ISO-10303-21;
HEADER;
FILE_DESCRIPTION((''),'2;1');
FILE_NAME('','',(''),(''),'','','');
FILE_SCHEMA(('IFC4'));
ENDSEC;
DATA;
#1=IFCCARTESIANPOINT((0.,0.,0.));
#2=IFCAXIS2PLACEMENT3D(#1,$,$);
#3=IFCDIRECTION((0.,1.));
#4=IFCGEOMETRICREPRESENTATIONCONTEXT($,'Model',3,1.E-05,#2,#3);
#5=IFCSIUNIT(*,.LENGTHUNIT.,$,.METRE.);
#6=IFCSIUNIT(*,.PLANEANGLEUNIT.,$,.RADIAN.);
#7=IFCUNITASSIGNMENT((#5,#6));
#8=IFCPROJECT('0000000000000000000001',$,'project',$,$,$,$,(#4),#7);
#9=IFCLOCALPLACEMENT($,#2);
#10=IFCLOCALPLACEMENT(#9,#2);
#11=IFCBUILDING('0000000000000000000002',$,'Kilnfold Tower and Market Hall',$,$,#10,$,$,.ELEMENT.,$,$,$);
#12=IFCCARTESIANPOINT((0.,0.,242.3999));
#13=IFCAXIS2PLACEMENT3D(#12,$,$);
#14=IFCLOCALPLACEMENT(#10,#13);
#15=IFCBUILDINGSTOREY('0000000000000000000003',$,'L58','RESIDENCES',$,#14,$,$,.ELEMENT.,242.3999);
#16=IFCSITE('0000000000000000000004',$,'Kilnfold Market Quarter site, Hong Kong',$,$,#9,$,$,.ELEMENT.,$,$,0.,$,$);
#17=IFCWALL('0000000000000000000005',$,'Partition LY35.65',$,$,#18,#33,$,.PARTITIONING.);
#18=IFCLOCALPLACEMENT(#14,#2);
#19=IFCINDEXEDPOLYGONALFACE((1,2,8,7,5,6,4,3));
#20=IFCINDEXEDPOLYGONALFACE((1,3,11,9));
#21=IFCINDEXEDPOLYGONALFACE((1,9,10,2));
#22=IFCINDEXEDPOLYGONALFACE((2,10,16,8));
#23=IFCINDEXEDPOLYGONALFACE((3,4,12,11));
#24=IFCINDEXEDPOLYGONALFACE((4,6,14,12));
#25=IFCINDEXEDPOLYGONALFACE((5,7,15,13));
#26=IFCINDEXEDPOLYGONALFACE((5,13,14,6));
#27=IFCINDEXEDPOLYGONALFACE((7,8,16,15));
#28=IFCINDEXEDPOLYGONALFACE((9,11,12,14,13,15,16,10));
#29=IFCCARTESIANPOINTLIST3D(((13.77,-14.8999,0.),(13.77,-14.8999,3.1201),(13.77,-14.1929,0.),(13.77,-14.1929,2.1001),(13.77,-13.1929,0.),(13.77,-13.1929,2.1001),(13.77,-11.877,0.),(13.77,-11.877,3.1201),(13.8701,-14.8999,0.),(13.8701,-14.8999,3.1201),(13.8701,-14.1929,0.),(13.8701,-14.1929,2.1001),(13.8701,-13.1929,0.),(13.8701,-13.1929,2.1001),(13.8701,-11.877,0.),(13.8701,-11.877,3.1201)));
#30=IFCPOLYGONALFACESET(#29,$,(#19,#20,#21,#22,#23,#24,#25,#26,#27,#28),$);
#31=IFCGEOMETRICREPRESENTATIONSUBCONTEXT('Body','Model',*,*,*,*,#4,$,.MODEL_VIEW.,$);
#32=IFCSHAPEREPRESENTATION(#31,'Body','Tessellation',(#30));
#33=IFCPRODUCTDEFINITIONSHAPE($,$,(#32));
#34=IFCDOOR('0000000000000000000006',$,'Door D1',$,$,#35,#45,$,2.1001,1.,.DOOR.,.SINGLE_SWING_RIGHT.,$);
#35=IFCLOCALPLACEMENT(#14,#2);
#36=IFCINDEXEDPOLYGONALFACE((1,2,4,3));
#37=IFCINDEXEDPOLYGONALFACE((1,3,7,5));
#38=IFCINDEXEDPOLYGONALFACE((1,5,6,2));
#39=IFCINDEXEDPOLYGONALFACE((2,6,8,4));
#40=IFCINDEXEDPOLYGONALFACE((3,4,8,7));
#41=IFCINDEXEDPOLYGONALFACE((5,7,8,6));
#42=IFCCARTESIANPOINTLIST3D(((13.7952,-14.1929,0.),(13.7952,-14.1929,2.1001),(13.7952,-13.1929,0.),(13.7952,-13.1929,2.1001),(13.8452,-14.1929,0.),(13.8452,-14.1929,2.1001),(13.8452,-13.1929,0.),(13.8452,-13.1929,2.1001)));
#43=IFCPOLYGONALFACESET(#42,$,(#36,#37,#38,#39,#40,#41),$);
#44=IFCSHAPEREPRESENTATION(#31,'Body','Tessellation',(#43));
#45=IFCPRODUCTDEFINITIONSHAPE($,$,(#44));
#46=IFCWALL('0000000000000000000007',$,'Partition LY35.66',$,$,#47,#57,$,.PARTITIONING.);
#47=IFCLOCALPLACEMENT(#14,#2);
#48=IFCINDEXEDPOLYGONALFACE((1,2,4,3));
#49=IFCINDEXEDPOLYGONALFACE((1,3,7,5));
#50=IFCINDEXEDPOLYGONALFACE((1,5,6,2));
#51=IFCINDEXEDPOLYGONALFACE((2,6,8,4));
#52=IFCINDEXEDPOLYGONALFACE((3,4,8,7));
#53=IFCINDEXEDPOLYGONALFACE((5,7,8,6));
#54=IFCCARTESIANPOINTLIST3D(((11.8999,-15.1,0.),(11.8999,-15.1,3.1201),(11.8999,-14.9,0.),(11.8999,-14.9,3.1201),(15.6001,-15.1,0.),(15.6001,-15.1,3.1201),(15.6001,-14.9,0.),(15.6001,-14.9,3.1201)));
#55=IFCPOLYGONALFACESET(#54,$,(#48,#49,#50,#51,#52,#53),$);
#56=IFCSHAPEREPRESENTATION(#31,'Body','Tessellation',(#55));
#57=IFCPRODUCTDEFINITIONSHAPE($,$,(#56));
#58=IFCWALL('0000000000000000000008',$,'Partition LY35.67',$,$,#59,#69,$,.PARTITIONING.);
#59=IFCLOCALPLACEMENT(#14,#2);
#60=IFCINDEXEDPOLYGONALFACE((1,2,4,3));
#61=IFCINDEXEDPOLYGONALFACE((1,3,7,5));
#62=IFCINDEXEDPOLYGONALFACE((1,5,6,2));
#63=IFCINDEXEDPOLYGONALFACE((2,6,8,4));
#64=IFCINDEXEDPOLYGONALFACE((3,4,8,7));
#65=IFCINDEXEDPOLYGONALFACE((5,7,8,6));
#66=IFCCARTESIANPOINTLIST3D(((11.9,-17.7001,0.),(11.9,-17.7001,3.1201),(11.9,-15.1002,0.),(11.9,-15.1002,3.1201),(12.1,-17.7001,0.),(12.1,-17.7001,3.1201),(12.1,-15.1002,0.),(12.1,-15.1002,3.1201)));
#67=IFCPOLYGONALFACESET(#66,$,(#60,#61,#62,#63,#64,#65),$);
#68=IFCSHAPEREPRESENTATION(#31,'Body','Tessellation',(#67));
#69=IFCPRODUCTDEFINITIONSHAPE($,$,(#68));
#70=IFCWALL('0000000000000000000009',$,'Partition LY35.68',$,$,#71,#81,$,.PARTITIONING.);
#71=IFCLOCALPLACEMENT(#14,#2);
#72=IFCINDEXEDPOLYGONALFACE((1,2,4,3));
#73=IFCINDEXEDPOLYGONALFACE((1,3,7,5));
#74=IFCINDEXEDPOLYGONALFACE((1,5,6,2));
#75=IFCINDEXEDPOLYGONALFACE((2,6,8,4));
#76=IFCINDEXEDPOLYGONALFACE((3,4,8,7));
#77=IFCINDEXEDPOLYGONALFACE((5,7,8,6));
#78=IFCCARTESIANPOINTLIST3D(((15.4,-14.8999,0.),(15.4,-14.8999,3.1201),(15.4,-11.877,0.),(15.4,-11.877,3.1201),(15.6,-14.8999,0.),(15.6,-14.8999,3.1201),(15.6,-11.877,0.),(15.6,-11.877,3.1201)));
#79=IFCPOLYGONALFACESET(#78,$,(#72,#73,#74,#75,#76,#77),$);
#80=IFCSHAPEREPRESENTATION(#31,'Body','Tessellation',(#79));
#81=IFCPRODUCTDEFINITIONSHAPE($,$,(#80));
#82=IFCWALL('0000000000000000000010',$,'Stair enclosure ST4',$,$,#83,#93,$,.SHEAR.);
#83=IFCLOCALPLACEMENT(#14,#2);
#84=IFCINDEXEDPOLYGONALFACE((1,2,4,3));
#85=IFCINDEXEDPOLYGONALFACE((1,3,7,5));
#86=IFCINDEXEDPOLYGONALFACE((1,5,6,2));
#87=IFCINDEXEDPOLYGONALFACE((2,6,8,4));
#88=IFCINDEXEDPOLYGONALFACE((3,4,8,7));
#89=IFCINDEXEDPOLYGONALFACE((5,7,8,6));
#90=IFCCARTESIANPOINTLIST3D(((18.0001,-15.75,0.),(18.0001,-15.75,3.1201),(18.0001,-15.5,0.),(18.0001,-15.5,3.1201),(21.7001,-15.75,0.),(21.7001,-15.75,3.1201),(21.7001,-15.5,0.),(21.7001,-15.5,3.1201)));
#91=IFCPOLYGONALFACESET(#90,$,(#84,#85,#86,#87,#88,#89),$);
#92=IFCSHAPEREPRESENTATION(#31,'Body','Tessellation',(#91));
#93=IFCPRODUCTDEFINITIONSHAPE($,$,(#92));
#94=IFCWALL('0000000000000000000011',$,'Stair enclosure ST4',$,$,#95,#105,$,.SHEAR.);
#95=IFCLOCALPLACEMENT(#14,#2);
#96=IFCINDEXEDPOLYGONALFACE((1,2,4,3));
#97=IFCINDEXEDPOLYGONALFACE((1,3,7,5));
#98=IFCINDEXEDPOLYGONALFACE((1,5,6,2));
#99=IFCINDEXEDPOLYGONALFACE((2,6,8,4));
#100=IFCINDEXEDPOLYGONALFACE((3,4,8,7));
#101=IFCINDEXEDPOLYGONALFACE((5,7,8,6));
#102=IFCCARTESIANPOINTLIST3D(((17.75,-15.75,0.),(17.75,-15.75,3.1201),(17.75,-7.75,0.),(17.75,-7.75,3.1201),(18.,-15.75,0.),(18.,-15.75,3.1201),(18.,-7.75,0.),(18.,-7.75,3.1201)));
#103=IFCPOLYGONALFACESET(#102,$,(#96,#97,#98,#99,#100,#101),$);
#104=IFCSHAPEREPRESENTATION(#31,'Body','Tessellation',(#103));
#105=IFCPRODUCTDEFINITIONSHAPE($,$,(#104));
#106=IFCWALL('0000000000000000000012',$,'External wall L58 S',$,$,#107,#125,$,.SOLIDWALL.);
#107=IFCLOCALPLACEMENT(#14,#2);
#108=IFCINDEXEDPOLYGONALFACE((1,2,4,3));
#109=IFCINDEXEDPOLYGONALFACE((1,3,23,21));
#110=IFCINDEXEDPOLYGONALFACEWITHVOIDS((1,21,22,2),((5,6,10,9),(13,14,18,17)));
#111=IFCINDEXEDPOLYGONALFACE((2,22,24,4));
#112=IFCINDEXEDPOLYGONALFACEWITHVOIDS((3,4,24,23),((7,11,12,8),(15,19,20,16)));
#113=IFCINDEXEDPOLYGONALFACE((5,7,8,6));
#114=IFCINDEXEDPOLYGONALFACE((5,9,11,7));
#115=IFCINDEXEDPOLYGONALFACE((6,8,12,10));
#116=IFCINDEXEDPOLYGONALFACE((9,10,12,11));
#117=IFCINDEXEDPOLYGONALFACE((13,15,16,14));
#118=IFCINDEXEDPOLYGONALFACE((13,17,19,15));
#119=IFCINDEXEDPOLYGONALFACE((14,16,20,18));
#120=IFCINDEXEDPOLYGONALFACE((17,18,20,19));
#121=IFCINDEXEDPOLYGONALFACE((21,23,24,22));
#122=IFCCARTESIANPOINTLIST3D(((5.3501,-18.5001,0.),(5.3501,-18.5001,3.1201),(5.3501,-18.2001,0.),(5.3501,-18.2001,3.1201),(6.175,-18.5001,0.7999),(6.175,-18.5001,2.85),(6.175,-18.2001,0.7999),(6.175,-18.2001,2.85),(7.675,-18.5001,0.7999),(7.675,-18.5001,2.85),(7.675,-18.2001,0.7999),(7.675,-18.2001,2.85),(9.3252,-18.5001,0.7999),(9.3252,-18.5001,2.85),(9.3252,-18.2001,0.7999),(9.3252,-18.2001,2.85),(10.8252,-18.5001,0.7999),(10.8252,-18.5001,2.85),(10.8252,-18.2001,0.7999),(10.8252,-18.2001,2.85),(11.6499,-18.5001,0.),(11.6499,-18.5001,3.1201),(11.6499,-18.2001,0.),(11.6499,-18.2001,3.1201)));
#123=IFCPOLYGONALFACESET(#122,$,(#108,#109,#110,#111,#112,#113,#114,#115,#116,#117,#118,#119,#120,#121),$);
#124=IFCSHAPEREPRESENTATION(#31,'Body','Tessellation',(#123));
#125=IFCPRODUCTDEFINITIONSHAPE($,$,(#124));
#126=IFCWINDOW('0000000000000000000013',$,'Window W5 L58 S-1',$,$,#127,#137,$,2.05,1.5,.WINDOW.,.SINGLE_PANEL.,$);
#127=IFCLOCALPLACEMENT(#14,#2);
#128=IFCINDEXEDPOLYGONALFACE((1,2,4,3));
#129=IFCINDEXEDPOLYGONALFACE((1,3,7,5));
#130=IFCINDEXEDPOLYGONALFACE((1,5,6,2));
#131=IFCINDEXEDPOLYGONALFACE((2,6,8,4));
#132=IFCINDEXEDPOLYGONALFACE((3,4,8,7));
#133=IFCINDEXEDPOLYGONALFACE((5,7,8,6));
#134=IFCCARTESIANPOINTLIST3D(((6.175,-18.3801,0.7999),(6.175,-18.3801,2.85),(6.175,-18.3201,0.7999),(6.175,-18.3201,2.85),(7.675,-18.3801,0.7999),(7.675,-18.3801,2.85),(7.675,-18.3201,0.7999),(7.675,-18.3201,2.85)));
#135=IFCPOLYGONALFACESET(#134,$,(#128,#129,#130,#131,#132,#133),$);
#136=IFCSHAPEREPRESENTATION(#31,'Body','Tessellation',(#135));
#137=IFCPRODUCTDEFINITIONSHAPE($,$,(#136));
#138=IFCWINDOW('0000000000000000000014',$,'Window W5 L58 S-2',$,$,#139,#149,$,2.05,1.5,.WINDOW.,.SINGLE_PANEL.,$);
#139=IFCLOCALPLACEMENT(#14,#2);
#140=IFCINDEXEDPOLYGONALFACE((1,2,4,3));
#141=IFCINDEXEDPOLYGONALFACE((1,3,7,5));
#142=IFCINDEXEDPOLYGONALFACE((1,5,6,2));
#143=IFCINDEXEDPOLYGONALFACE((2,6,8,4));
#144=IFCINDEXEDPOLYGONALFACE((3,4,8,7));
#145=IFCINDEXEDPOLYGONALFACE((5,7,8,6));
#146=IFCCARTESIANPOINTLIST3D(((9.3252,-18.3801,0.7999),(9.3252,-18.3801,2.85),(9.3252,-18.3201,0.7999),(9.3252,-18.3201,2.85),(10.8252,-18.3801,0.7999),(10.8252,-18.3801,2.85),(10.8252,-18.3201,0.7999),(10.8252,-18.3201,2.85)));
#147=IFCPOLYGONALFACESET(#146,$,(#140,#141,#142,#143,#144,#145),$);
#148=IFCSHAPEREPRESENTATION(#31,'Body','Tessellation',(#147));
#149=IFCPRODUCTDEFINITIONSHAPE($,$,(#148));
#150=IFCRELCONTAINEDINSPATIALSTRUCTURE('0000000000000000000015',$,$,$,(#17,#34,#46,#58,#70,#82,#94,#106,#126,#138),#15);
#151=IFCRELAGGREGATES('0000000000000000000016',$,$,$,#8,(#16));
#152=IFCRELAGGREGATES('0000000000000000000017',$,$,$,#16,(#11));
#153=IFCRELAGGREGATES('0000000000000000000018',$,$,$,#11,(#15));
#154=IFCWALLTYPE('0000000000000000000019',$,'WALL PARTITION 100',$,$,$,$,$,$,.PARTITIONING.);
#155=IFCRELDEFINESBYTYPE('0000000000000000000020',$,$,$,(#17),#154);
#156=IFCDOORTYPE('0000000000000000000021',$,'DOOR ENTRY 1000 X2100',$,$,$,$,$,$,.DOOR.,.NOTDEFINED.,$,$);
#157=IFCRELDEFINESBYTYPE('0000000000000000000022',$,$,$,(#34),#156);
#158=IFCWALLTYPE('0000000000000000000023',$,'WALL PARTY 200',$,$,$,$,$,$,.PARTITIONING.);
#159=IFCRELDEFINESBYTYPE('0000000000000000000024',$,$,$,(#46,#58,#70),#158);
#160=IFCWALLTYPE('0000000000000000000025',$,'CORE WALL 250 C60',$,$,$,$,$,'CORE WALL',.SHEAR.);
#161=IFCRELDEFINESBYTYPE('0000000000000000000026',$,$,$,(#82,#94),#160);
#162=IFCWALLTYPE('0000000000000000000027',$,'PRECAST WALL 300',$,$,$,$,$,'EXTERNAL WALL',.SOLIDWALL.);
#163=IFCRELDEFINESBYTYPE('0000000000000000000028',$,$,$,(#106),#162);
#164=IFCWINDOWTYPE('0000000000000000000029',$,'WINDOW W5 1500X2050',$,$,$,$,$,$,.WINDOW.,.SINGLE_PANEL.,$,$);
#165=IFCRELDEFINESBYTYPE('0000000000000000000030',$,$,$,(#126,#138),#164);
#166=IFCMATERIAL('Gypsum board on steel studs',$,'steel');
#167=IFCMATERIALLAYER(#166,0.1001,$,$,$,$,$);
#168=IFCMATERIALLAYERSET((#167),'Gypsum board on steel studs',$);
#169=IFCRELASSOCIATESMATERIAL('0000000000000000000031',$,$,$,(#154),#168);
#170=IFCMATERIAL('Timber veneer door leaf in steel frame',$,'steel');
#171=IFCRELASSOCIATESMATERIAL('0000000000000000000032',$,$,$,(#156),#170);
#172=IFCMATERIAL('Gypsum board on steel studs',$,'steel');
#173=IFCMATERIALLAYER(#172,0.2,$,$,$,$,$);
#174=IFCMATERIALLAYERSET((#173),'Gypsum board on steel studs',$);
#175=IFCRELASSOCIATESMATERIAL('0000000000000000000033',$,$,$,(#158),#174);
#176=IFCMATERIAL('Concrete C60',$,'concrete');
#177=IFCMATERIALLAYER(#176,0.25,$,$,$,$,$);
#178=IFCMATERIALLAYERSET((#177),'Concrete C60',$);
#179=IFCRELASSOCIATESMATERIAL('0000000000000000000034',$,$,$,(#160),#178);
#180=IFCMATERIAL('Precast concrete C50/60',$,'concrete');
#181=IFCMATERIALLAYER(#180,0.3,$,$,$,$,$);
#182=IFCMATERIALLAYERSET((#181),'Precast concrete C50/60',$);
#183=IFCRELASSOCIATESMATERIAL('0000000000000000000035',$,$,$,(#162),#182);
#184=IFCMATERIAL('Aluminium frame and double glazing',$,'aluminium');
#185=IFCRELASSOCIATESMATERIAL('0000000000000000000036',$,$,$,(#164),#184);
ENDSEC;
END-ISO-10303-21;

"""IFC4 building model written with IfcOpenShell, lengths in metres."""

from ifc_helpers import new_model, si_unit, direction, frame, frame_2d, origin, place, context, subcontext, project, spatial, rectangle, extrude, source, transform, mapped, material, layer, layer_set, type_object, element, fill, save


model = new_model("IFC4")

# Units and contexts
model_context = context("Model", 3, precision=1e-05, world=origin(), true_north=direction((0.0, 1.0)))
body_context = subcontext(model_context, "Body", "Model", "MODEL_VIEW")
ifc_project = project(units=[si_unit("LENGTHUNIT", "METRE"), si_unit("PLANEANGLEUNIT", "RADIAN")], contexts=[model_context])

# Site, building, storey
site_placement = place(None, origin())
site = spatial("IfcSite", under=ifc_project, at=site_placement, Name="Kilnfold Market Quarter site, Hong Kong", CompositionType="ELEMENT", RefElevation=0.0)
building_placement = place(site_placement, origin())
building = spatial("IfcBuilding", under=site, at=building_placement, Name="Kilnfold Tower and Market Hall", CompositionType="ELEMENT")
storey_placement = place(building_placement, frame((0.0, 0.0, 242.3999)))
storey = spatial("IfcBuildingStorey", under=building, at=storey_placement, Name="L58", Description="RESIDENCES", CompositionType="ELEMENT", Elevation=242.3999)

# Wall, opening, door
ifc_material_1 = material(Name="Gypsum board on steel studs", Category="steel")
ifc_layer_1 = layer(ifc_material_1, 0.1001)
ifc_layer_set_1 = layer_set([ifc_layer_1], Name="Gypsum board on steel studs")
wall_type_1 = type_object("IfcWallType", Name="WALL PARTITION 100", PredefinedType="PARTITIONING", material=ifc_layer_set_1)
ifc_material_2 = material(Name="Timber veneer door leaf in steel frame", Category="steel")
door_type_1 = type_object("IfcDoorType", Name="DOOR ENTRY 1000 X2100", OperationType="NOTDEFINED", PredefinedType="DOOR", material=ifc_material_2)
wall_1_placement = place(storey_placement, frame((13.8201, -14.8999, 0.0), z_axis=(0.0, 0.0, 1.0), x_axis=(0.0, 1.0, 0.0)))
wall_1 = element("IfcWall", 1, at=wall_1_placement, inside=storey, type_object=wall_type_1, Name="Partition LY35.65", PredefinedType="PARTITIONING", context=body_context, shape_type="SweptSolid", body=[
    extrude(rectangle(XDim=3.0229, YDim=0.1001, at=frame_2d((1.5115, 0.0))), origin(), (0.0, 0.0, 1.0), 3.1201),
])
opening_1_placement = place(wall_1_placement, frame((0.707, 0.0, 0.0)))
opening_1 = element("IfcOpeningElement", 2, at=opening_1_placement, cuts=wall_1, PredefinedType="OPENING", context=body_context, shape_type="SweptSolid", body=[
    extrude(rectangle(XDim=1.0, YDim=2.1001, at=frame_2d((0.5, 1.05))), frame((0.0, 0.0601, 0.0), z_axis=(0.0, -1.0, 0.0), x_axis=(1.0, 0.0, 0.0)), (0.0, 0.0, 1.0), 0.1201),
])
door_1_placement = place(opening_1_placement, origin())
door_1 = element("IfcDoor", 3, at=door_1_placement, inside=storey, type_object=door_type_1, Name="Door D1", OperationType="SINGLE_SWING_RIGHT", OverallHeight=2.1001, OverallWidth=1.0, PredefinedType="DOOR", context=body_context, shape_type="SweptSolid", body=[
    extrude(rectangle(XDim=1.0, YDim=2.1001, at=frame_2d((0.5, 1.05))), frame((0.0, 0.0249, 0.0), z_axis=(0.0, -1.0, 0.0), x_axis=(1.0, 0.0, 0.0)), (0.0, 0.0, 1.0), 0.05),
])
fill(opening_1, door_1)

# Walls
ifc_material_3 = material(Name="Gypsum board on steel studs", Category="steel")
ifc_layer_2 = layer(ifc_material_3, 0.2)
ifc_layer_set_2 = layer_set([ifc_layer_2], Name="Gypsum board on steel studs")
wall_type_2 = type_object("IfcWallType", Name="WALL PARTY 200", PredefinedType="PARTITIONING", material=ifc_layer_set_2)
wall_2_placement = place(storey_placement, frame((11.8999, -15.0, 0.0), z_axis=(0.0, 0.0, 1.0), x_axis=(1.0, 0.0, 0.0)))
element("IfcWall", 4, at=wall_2_placement, inside=storey, type_object=wall_type_2, Name="Partition LY35.66", PredefinedType="PARTITIONING", context=body_context, shape_type="SweptSolid", body=[
    extrude(rectangle(XDim=3.7002, YDim=0.2, at=frame_2d((1.8501, 0.0))), origin(), (0.0, 0.0, 1.0), 3.1201),
])
wall_3_placement = place(storey_placement, frame((12.0, -17.7, 0.0), z_axis=(0.0, 0.0, 1.0), x_axis=(0.0, 1.0, 0.0)))
element("IfcWall", 5, at=wall_3_placement, inside=storey, type_object=wall_type_2, Name="Partition LY35.67", PredefinedType="PARTITIONING", context=body_context, shape_type="SweptSolid", body=[
    extrude(rectangle(XDim=2.5999, YDim=0.2, at=frame_2d((1.2998, 0.0))), origin(), (0.0, 0.0, 1.0), 3.1201),
])
wall_4_placement = place(storey_placement, frame((15.5, -14.8999, 0.0), z_axis=(0.0, 0.0, 1.0), x_axis=(0.0, 1.0, 0.0)))
element("IfcWall", 6, at=wall_4_placement, inside=storey, type_object=wall_type_2, Name="Partition LY35.68", PredefinedType="PARTITIONING", context=body_context, shape_type="SweptSolid", body=[
    extrude(rectangle(XDim=3.0229, YDim=0.2, at=frame_2d((1.5115, 0.0))), origin(), (0.0, 0.0, 1.0), 3.1201),
])
ifc_material_4 = material(Name="Concrete C60", Category="concrete")
ifc_layer_3 = layer(ifc_material_4, 0.25)
ifc_layer_set_3 = layer_set([ifc_layer_3], Name="Concrete C60")
wall_type_3 = type_object("IfcWallType", Name="CORE WALL 250 C60", ElementType="CORE WALL", PredefinedType="SHEAR", material=ifc_layer_set_3)
shared_shape_1 = source(origin(), body_context, "Body", "SweptSolid", [
    extrude(rectangle(XDim=3.7, YDim=0.25, at=frame_2d((1.8501, 0.0))), origin(), (0.0, 0.0, 1.0), 3.1201),
])
wall_5_placement = place(storey_placement, frame((18.0, -15.625, 0.0), z_axis=(0.0, 0.0, 1.0), x_axis=(1.0, 0.0, 0.0)))
element("IfcWall", 7, at=wall_5_placement, inside=storey, type_object=wall_type_3, Name="Stair enclosure ST4", PredefinedType="SHEAR", context=body_context, shape_type="MappedRepresentation", body=[
    mapped(shared_shape_1, transform((0.0, 0.0, 0.0))),
])
shared_shape_2 = source(origin(), body_context, "Body", "SweptSolid", [
    extrude(rectangle(XDim=8.0, YDim=0.25, at=frame_2d((4.0, 0.0))), origin(), (0.0, 0.0, 1.0), 3.1201),
])
wall_6_placement = place(storey_placement, frame((17.875, -15.75, 0.0), z_axis=(0.0, 0.0, 1.0), x_axis=(0.0, 1.0, 0.0)))
element("IfcWall", 8, at=wall_6_placement, inside=storey, type_object=wall_type_3, Name="Stair enclosure ST4", PredefinedType="SHEAR", context=body_context, shape_type="MappedRepresentation", body=[
    mapped(shared_shape_2, transform((0.0, 0.0, 0.0))),
])

# Wall, openings, windows
ifc_material_5 = material(Name="Precast concrete C50/60", Category="concrete")
ifc_layer_4 = layer(ifc_material_5, 0.3)
ifc_layer_set_4 = layer_set([ifc_layer_4], Name="Precast concrete C50/60")
wall_type_4 = type_object("IfcWallType", Name="PRECAST WALL 300", ElementType="EXTERNAL WALL", PredefinedType="SOLIDWALL", material=ifc_layer_set_4)
shared_shape_3 = source(origin(), body_context, "Body", "SweptSolid", [
    extrude(rectangle(XDim=6.2998, YDim=0.3, at=frame_2d((3.1499, 0.0))), origin(), (0.0, 0.0, 1.0), 3.1201),
])
wall_7_placement = place(storey_placement, frame((5.3501, -18.3501, 0.0), z_axis=(0.0, 0.0, 1.0), x_axis=(1.0, 0.0, 0.0)))
wall_7 = element("IfcWall", 9, at=wall_7_placement, inside=storey, type_object=wall_type_4, Name="External wall L58 S", PredefinedType="SOLIDWALL", context=body_context, shape_type="MappedRepresentation", body=[
    mapped(shared_shape_3, transform((0.0, 0.0, 0.0))),
])
opening_2_placement = place(wall_7_placement, frame((0.825, 0.0, 0.8)))
opening_2 = element("IfcOpeningElement", 10, at=opening_2_placement, cuts=wall_7, PredefinedType="OPENING", context=body_context, shape_type="SweptSolid", body=[
    extrude(rectangle(XDim=1.5, YDim=2.05, at=frame_2d((0.75, 1.0249))), frame((0.0, 0.1602, 0.0), z_axis=(0.0, -1.0, 0.0), x_axis=(1.0, 0.0, 0.0)), (0.0, 0.0, 1.0), 0.3201),
])
opening_3_placement = place(wall_7_placement, frame((3.9751, 0.0, 0.8)))
opening_3 = element("IfcOpeningElement", 11, at=opening_3_placement, cuts=wall_7, PredefinedType="OPENING", context=body_context, shape_type="SweptSolid", body=[
    extrude(rectangle(XDim=1.5, YDim=2.05, at=frame_2d((0.75, 1.0249))), frame((0.0, 0.1602, 0.0), z_axis=(0.0, -1.0, 0.0), x_axis=(1.0, 0.0, 0.0)), (0.0, 0.0, 1.0), 0.3201),
])
ifc_material_6 = material(Name="Aluminium frame and double glazing", Category="aluminium")
window_type = type_object("IfcWindowType", Name="WINDOW W5 1500X2050", PartitioningType="SINGLE_PANEL", PredefinedType="WINDOW", material=ifc_material_6)
window_1_placement = place(opening_2_placement, origin())
window_1 = element("IfcWindow", 12, at=window_1_placement, inside=storey, type_object=window_type, Name="Window W5 L58 S-1", OverallHeight=2.05, OverallWidth=1.5, PartitioningType="SINGLE_PANEL", PredefinedType="WINDOW", context=body_context, shape_type="SweptSolid", body=[
    extrude(rectangle(XDim=1.5, YDim=2.05, at=frame_2d((0.75, 1.0249))), frame((0.0, 0.03, 0.0), z_axis=(0.0, -1.0, 0.0), x_axis=(1.0, 0.0, 0.0)), (0.0, 0.0, 1.0), 0.0601),
])
fill(opening_2, window_1)
window_2_placement = place(opening_3_placement, origin())
window_2 = element("IfcWindow", 13, at=window_2_placement, inside=storey, type_object=window_type, Name="Window W5 L58 S-2", OverallHeight=2.05, OverallWidth=1.5, PartitioningType="SINGLE_PANEL", PredefinedType="WINDOW", context=body_context, shape_type="SweptSolid", body=[
    extrude(rectangle(XDim=1.5, YDim=2.05, at=frame_2d((0.75, 1.0249))), frame((0.0, 0.03, 0.0), z_axis=(0.0, -1.0, 0.0), x_axis=(1.0, 0.0, 0.0)), (0.0, 0.0, 1.0), 0.0601),
])
fill(opening_3, window_2)

save(model, "model.ifc")
